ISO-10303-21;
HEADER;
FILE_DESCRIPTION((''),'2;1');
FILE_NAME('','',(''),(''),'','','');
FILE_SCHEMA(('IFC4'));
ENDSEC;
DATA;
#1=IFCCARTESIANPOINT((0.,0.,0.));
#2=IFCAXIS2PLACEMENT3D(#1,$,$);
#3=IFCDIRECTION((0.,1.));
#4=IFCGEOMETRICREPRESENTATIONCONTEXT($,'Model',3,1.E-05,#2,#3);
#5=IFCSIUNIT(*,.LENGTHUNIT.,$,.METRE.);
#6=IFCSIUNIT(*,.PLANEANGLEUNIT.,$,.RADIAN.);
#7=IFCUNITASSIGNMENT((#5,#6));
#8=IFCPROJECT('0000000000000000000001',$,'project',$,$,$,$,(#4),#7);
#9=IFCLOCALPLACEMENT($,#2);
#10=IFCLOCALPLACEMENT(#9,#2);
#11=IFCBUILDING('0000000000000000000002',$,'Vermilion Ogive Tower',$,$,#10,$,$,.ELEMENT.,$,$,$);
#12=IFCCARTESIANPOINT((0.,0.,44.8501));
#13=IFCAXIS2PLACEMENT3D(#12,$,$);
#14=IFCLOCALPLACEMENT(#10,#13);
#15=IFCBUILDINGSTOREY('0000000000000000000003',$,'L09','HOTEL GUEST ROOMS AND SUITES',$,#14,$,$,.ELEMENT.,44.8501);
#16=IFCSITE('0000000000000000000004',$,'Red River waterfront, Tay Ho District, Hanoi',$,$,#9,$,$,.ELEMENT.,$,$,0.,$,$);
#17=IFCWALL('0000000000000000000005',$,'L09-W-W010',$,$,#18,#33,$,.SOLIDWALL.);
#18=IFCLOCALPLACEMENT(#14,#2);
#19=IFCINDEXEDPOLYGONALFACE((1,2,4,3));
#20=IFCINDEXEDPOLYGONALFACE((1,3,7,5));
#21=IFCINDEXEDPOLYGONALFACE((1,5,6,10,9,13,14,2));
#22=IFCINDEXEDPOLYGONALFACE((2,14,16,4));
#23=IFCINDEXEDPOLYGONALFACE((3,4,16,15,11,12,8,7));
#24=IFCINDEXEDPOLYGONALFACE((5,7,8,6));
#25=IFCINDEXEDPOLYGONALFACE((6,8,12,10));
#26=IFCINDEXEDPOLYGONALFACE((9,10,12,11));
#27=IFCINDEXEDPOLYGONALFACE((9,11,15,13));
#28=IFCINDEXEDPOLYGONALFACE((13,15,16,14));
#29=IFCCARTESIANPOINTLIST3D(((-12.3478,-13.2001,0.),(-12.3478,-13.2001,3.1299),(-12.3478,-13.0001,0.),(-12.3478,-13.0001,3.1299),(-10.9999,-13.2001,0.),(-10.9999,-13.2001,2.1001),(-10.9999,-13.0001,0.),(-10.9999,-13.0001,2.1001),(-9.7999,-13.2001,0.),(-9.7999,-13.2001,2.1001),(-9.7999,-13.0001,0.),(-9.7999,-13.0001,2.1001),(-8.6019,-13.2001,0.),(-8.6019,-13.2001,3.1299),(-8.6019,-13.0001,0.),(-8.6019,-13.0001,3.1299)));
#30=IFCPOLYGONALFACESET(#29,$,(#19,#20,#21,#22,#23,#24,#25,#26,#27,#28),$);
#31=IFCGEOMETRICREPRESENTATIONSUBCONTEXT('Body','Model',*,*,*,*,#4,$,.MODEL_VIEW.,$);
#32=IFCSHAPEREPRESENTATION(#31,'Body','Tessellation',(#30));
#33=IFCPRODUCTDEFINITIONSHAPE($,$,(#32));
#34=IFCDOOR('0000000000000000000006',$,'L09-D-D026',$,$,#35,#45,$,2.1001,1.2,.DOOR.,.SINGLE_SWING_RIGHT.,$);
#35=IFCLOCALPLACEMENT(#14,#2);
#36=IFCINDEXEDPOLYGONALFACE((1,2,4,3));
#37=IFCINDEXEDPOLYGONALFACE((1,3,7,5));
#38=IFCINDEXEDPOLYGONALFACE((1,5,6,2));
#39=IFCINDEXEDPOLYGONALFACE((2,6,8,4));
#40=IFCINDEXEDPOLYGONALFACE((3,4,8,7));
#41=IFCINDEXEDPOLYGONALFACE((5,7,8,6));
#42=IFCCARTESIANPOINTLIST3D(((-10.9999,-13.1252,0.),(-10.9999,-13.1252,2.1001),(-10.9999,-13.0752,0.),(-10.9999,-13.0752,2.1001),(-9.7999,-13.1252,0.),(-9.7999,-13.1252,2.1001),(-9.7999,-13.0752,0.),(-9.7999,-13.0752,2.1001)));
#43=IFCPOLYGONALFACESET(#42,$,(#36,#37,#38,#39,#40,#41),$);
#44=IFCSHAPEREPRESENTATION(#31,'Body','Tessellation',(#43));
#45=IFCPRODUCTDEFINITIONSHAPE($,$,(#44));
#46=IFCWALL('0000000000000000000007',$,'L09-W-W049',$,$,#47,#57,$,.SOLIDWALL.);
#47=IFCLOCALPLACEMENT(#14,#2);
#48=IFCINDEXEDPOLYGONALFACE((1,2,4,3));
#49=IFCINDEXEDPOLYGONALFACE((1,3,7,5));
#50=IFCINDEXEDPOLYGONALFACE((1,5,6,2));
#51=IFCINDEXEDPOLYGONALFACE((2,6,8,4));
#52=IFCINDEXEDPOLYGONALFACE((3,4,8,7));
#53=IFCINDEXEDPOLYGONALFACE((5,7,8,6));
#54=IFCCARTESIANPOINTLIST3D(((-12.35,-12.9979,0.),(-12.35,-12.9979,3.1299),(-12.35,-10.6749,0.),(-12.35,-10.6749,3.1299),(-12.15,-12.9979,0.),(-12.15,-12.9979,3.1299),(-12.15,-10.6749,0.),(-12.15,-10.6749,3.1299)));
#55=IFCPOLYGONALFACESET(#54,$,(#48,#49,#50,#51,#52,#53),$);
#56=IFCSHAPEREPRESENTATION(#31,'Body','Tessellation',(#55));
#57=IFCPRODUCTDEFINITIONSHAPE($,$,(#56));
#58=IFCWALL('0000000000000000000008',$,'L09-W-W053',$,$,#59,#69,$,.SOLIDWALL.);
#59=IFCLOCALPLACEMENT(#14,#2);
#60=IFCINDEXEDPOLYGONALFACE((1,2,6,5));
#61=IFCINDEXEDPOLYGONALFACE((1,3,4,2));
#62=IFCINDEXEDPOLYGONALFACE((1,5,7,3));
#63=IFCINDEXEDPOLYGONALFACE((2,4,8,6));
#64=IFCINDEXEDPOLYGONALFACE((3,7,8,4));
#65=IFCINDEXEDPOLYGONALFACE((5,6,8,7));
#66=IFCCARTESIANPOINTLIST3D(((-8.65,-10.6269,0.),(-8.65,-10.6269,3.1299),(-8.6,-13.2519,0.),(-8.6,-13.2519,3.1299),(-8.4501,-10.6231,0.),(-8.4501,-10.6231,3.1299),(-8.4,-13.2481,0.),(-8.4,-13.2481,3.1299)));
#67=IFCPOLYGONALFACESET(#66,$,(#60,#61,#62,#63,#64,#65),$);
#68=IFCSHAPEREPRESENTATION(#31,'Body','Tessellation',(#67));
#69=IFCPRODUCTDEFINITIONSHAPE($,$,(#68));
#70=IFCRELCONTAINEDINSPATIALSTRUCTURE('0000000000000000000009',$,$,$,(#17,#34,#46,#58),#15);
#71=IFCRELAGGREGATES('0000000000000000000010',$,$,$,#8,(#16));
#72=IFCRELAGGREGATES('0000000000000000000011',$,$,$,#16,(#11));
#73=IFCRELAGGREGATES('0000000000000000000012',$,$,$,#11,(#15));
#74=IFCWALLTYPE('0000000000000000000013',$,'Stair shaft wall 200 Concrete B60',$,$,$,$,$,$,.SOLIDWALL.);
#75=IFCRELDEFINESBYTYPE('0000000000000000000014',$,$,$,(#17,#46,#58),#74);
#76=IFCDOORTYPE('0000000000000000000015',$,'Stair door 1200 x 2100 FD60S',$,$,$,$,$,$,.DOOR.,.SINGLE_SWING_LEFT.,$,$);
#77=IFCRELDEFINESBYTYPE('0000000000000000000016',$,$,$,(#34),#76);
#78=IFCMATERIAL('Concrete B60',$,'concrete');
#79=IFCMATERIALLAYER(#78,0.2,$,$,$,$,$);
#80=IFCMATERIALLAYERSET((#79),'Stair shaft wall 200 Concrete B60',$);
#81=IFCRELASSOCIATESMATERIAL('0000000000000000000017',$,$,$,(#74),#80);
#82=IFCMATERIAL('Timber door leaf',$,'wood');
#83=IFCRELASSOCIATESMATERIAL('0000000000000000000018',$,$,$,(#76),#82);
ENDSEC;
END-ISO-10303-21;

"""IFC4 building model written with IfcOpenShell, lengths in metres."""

from ifc_helpers import new_model, si_unit, direction, frame, frame_2d, origin, place, context, subcontext, project, spatial, rectangle, extrude, material, layer, layer_set, type_object, element, fill, save


model = new_model("IFC4")

# Units and contexts
model_context = context("Model", 3, precision=1e-05, world=origin(), true_north=direction((0.0, 1.0)))
body_context = subcontext(model_context, "Body", "Model", "MODEL_VIEW")
ifc_project = project(units=[si_unit("LENGTHUNIT", "METRE"), si_unit("PLANEANGLEUNIT", "RADIAN")], contexts=[model_context])

# Site, building, storey
site_placement = place(None, origin())
site = spatial("IfcSite", under=ifc_project, at=site_placement, Name="Red River waterfront, Tay Ho District, Hanoi", CompositionType="ELEMENT", RefElevation=0.0)
building_placement = place(site_placement, origin())
building = spatial("IfcBuilding", under=site, at=building_placement, Name="Vermilion Ogive Tower", CompositionType="ELEMENT")
storey_placement = place(building_placement, frame((0.0, 0.0, 44.8501)))
storey = spatial("IfcBuildingStorey", under=building, at=storey_placement, Name="L09", Description="HOTEL GUEST ROOMS AND SUITES", CompositionType="ELEMENT", Elevation=44.8501)

# Wall, opening, door
ifc_material_1 = material(Name="Concrete B60", Category="concrete")
ifc_layer_1 = layer(ifc_material_1, 0.2)
ifc_layer_set_1 = layer_set([ifc_layer_1], Name="Stair shaft wall 200 Concrete B60")
wall_type_1 = type_object("IfcWallType", Name="Stair shaft wall 200 Concrete B60", PredefinedType="SOLIDWALL", material=ifc_layer_set_1)
wall_1_placement = place(storey_placement, frame((-12.3479, -13.1001, 0.0), z_axis=(0.0, 0.0, 1.0), x_axis=(1.0, 0.0, 0.0)))
wall_1 = element("IfcWall", 1, at=wall_1_placement, inside=storey, type_object=wall_type_1, Name="L09-W-W010", PredefinedType="SOLIDWALL", context=body_context, shape_type="SweptSolid", body=[
    extrude(rectangle(XDim=3.7458, YDim=0.2, at=frame_2d((1.873, 0.0))), origin(), (0.0, 0.0, 1.0), 3.1299),
])
opening_1_placement = place(wall_1_placement, frame((1.3479, 0.0, 0.0)))
opening_1 = element("IfcOpeningElement", 2, at=opening_1_placement, cuts=wall_1, PredefinedType="OPENING", context=body_context, shape_type="SweptSolid", body=[
    extrude(rectangle(XDim=1.2, YDim=2.1001, at=frame_2d((0.6001, 1.05))), frame((0.0, 0.1099, 0.0), z_axis=(0.0, -1.0, 0.0), x_axis=(1.0, 0.0, 0.0)), (0.0, 0.0, 1.0), 0.22),
])
ifc_material_2 = material(Name="Timber door leaf", Category="wood")
door_type_1 = type_object("IfcDoorType", Name="Stair door 1200 x 2100 FD60S", OperationType="SINGLE_SWING_LEFT", PredefinedType="DOOR", material=ifc_material_2)
door_1_placement = place(opening_1_placement, origin())
door_1 = element("IfcDoor", 3, at=door_1_placement, inside=storey, type_object=door_type_1, Name="L09-D-D026", OperationType="SINGLE_SWING_RIGHT", OverallHeight=2.1001, OverallWidth=1.2, PredefinedType="DOOR", context=body_context, shape_type="SweptSolid", body=[
    extrude(rectangle(XDim=1.2, YDim=2.1001, at=frame_2d((0.6001, 1.05))), frame((0.0, 0.0249, 0.0), z_axis=(0.0, -1.0, 0.0), x_axis=(1.0, 0.0, 0.0)), (0.0, 0.0, 1.0), 0.05),
])
fill(opening_1, door_1)

# Walls
wall_2_placement = place(storey_placement, frame((-12.25, -12.998, 0.0), z_axis=(0.0, 0.0, 1.0), x_axis=(0.0, 1.0, 0.0)))
element("IfcWall", 4, at=wall_2_placement, inside=storey, type_object=wall_type_1, Name="L09-W-W049", PredefinedType="SOLIDWALL", context=body_context, shape_type="SweptSolid", body=[
    extrude(rectangle(XDim=2.323, YDim=0.2, at=frame_2d((1.1616, 0.0))), origin(), (0.0, 0.0, 1.0), 3.1299),
])
wall_3_placement = place(storey_placement, frame((-8.5, -13.25, 0.0), z_axis=(0.0, 0.0, 1.0), x_axis=(-0.019063, 0.999818, 0.0)))
element("IfcWall", 5, at=wall_3_placement, inside=storey, type_object=wall_type_1, Name="L09-W-W053", PredefinedType="SOLIDWALL", context=body_context, shape_type="SweptSolid", body=[
    extrude(rectangle(XDim=2.6255, YDim=0.2, at=frame_2d((1.3127, 0.0))), origin(), (0.0, 0.0, 1.0), 3.1299),
])

save(model, "model.ifc")
